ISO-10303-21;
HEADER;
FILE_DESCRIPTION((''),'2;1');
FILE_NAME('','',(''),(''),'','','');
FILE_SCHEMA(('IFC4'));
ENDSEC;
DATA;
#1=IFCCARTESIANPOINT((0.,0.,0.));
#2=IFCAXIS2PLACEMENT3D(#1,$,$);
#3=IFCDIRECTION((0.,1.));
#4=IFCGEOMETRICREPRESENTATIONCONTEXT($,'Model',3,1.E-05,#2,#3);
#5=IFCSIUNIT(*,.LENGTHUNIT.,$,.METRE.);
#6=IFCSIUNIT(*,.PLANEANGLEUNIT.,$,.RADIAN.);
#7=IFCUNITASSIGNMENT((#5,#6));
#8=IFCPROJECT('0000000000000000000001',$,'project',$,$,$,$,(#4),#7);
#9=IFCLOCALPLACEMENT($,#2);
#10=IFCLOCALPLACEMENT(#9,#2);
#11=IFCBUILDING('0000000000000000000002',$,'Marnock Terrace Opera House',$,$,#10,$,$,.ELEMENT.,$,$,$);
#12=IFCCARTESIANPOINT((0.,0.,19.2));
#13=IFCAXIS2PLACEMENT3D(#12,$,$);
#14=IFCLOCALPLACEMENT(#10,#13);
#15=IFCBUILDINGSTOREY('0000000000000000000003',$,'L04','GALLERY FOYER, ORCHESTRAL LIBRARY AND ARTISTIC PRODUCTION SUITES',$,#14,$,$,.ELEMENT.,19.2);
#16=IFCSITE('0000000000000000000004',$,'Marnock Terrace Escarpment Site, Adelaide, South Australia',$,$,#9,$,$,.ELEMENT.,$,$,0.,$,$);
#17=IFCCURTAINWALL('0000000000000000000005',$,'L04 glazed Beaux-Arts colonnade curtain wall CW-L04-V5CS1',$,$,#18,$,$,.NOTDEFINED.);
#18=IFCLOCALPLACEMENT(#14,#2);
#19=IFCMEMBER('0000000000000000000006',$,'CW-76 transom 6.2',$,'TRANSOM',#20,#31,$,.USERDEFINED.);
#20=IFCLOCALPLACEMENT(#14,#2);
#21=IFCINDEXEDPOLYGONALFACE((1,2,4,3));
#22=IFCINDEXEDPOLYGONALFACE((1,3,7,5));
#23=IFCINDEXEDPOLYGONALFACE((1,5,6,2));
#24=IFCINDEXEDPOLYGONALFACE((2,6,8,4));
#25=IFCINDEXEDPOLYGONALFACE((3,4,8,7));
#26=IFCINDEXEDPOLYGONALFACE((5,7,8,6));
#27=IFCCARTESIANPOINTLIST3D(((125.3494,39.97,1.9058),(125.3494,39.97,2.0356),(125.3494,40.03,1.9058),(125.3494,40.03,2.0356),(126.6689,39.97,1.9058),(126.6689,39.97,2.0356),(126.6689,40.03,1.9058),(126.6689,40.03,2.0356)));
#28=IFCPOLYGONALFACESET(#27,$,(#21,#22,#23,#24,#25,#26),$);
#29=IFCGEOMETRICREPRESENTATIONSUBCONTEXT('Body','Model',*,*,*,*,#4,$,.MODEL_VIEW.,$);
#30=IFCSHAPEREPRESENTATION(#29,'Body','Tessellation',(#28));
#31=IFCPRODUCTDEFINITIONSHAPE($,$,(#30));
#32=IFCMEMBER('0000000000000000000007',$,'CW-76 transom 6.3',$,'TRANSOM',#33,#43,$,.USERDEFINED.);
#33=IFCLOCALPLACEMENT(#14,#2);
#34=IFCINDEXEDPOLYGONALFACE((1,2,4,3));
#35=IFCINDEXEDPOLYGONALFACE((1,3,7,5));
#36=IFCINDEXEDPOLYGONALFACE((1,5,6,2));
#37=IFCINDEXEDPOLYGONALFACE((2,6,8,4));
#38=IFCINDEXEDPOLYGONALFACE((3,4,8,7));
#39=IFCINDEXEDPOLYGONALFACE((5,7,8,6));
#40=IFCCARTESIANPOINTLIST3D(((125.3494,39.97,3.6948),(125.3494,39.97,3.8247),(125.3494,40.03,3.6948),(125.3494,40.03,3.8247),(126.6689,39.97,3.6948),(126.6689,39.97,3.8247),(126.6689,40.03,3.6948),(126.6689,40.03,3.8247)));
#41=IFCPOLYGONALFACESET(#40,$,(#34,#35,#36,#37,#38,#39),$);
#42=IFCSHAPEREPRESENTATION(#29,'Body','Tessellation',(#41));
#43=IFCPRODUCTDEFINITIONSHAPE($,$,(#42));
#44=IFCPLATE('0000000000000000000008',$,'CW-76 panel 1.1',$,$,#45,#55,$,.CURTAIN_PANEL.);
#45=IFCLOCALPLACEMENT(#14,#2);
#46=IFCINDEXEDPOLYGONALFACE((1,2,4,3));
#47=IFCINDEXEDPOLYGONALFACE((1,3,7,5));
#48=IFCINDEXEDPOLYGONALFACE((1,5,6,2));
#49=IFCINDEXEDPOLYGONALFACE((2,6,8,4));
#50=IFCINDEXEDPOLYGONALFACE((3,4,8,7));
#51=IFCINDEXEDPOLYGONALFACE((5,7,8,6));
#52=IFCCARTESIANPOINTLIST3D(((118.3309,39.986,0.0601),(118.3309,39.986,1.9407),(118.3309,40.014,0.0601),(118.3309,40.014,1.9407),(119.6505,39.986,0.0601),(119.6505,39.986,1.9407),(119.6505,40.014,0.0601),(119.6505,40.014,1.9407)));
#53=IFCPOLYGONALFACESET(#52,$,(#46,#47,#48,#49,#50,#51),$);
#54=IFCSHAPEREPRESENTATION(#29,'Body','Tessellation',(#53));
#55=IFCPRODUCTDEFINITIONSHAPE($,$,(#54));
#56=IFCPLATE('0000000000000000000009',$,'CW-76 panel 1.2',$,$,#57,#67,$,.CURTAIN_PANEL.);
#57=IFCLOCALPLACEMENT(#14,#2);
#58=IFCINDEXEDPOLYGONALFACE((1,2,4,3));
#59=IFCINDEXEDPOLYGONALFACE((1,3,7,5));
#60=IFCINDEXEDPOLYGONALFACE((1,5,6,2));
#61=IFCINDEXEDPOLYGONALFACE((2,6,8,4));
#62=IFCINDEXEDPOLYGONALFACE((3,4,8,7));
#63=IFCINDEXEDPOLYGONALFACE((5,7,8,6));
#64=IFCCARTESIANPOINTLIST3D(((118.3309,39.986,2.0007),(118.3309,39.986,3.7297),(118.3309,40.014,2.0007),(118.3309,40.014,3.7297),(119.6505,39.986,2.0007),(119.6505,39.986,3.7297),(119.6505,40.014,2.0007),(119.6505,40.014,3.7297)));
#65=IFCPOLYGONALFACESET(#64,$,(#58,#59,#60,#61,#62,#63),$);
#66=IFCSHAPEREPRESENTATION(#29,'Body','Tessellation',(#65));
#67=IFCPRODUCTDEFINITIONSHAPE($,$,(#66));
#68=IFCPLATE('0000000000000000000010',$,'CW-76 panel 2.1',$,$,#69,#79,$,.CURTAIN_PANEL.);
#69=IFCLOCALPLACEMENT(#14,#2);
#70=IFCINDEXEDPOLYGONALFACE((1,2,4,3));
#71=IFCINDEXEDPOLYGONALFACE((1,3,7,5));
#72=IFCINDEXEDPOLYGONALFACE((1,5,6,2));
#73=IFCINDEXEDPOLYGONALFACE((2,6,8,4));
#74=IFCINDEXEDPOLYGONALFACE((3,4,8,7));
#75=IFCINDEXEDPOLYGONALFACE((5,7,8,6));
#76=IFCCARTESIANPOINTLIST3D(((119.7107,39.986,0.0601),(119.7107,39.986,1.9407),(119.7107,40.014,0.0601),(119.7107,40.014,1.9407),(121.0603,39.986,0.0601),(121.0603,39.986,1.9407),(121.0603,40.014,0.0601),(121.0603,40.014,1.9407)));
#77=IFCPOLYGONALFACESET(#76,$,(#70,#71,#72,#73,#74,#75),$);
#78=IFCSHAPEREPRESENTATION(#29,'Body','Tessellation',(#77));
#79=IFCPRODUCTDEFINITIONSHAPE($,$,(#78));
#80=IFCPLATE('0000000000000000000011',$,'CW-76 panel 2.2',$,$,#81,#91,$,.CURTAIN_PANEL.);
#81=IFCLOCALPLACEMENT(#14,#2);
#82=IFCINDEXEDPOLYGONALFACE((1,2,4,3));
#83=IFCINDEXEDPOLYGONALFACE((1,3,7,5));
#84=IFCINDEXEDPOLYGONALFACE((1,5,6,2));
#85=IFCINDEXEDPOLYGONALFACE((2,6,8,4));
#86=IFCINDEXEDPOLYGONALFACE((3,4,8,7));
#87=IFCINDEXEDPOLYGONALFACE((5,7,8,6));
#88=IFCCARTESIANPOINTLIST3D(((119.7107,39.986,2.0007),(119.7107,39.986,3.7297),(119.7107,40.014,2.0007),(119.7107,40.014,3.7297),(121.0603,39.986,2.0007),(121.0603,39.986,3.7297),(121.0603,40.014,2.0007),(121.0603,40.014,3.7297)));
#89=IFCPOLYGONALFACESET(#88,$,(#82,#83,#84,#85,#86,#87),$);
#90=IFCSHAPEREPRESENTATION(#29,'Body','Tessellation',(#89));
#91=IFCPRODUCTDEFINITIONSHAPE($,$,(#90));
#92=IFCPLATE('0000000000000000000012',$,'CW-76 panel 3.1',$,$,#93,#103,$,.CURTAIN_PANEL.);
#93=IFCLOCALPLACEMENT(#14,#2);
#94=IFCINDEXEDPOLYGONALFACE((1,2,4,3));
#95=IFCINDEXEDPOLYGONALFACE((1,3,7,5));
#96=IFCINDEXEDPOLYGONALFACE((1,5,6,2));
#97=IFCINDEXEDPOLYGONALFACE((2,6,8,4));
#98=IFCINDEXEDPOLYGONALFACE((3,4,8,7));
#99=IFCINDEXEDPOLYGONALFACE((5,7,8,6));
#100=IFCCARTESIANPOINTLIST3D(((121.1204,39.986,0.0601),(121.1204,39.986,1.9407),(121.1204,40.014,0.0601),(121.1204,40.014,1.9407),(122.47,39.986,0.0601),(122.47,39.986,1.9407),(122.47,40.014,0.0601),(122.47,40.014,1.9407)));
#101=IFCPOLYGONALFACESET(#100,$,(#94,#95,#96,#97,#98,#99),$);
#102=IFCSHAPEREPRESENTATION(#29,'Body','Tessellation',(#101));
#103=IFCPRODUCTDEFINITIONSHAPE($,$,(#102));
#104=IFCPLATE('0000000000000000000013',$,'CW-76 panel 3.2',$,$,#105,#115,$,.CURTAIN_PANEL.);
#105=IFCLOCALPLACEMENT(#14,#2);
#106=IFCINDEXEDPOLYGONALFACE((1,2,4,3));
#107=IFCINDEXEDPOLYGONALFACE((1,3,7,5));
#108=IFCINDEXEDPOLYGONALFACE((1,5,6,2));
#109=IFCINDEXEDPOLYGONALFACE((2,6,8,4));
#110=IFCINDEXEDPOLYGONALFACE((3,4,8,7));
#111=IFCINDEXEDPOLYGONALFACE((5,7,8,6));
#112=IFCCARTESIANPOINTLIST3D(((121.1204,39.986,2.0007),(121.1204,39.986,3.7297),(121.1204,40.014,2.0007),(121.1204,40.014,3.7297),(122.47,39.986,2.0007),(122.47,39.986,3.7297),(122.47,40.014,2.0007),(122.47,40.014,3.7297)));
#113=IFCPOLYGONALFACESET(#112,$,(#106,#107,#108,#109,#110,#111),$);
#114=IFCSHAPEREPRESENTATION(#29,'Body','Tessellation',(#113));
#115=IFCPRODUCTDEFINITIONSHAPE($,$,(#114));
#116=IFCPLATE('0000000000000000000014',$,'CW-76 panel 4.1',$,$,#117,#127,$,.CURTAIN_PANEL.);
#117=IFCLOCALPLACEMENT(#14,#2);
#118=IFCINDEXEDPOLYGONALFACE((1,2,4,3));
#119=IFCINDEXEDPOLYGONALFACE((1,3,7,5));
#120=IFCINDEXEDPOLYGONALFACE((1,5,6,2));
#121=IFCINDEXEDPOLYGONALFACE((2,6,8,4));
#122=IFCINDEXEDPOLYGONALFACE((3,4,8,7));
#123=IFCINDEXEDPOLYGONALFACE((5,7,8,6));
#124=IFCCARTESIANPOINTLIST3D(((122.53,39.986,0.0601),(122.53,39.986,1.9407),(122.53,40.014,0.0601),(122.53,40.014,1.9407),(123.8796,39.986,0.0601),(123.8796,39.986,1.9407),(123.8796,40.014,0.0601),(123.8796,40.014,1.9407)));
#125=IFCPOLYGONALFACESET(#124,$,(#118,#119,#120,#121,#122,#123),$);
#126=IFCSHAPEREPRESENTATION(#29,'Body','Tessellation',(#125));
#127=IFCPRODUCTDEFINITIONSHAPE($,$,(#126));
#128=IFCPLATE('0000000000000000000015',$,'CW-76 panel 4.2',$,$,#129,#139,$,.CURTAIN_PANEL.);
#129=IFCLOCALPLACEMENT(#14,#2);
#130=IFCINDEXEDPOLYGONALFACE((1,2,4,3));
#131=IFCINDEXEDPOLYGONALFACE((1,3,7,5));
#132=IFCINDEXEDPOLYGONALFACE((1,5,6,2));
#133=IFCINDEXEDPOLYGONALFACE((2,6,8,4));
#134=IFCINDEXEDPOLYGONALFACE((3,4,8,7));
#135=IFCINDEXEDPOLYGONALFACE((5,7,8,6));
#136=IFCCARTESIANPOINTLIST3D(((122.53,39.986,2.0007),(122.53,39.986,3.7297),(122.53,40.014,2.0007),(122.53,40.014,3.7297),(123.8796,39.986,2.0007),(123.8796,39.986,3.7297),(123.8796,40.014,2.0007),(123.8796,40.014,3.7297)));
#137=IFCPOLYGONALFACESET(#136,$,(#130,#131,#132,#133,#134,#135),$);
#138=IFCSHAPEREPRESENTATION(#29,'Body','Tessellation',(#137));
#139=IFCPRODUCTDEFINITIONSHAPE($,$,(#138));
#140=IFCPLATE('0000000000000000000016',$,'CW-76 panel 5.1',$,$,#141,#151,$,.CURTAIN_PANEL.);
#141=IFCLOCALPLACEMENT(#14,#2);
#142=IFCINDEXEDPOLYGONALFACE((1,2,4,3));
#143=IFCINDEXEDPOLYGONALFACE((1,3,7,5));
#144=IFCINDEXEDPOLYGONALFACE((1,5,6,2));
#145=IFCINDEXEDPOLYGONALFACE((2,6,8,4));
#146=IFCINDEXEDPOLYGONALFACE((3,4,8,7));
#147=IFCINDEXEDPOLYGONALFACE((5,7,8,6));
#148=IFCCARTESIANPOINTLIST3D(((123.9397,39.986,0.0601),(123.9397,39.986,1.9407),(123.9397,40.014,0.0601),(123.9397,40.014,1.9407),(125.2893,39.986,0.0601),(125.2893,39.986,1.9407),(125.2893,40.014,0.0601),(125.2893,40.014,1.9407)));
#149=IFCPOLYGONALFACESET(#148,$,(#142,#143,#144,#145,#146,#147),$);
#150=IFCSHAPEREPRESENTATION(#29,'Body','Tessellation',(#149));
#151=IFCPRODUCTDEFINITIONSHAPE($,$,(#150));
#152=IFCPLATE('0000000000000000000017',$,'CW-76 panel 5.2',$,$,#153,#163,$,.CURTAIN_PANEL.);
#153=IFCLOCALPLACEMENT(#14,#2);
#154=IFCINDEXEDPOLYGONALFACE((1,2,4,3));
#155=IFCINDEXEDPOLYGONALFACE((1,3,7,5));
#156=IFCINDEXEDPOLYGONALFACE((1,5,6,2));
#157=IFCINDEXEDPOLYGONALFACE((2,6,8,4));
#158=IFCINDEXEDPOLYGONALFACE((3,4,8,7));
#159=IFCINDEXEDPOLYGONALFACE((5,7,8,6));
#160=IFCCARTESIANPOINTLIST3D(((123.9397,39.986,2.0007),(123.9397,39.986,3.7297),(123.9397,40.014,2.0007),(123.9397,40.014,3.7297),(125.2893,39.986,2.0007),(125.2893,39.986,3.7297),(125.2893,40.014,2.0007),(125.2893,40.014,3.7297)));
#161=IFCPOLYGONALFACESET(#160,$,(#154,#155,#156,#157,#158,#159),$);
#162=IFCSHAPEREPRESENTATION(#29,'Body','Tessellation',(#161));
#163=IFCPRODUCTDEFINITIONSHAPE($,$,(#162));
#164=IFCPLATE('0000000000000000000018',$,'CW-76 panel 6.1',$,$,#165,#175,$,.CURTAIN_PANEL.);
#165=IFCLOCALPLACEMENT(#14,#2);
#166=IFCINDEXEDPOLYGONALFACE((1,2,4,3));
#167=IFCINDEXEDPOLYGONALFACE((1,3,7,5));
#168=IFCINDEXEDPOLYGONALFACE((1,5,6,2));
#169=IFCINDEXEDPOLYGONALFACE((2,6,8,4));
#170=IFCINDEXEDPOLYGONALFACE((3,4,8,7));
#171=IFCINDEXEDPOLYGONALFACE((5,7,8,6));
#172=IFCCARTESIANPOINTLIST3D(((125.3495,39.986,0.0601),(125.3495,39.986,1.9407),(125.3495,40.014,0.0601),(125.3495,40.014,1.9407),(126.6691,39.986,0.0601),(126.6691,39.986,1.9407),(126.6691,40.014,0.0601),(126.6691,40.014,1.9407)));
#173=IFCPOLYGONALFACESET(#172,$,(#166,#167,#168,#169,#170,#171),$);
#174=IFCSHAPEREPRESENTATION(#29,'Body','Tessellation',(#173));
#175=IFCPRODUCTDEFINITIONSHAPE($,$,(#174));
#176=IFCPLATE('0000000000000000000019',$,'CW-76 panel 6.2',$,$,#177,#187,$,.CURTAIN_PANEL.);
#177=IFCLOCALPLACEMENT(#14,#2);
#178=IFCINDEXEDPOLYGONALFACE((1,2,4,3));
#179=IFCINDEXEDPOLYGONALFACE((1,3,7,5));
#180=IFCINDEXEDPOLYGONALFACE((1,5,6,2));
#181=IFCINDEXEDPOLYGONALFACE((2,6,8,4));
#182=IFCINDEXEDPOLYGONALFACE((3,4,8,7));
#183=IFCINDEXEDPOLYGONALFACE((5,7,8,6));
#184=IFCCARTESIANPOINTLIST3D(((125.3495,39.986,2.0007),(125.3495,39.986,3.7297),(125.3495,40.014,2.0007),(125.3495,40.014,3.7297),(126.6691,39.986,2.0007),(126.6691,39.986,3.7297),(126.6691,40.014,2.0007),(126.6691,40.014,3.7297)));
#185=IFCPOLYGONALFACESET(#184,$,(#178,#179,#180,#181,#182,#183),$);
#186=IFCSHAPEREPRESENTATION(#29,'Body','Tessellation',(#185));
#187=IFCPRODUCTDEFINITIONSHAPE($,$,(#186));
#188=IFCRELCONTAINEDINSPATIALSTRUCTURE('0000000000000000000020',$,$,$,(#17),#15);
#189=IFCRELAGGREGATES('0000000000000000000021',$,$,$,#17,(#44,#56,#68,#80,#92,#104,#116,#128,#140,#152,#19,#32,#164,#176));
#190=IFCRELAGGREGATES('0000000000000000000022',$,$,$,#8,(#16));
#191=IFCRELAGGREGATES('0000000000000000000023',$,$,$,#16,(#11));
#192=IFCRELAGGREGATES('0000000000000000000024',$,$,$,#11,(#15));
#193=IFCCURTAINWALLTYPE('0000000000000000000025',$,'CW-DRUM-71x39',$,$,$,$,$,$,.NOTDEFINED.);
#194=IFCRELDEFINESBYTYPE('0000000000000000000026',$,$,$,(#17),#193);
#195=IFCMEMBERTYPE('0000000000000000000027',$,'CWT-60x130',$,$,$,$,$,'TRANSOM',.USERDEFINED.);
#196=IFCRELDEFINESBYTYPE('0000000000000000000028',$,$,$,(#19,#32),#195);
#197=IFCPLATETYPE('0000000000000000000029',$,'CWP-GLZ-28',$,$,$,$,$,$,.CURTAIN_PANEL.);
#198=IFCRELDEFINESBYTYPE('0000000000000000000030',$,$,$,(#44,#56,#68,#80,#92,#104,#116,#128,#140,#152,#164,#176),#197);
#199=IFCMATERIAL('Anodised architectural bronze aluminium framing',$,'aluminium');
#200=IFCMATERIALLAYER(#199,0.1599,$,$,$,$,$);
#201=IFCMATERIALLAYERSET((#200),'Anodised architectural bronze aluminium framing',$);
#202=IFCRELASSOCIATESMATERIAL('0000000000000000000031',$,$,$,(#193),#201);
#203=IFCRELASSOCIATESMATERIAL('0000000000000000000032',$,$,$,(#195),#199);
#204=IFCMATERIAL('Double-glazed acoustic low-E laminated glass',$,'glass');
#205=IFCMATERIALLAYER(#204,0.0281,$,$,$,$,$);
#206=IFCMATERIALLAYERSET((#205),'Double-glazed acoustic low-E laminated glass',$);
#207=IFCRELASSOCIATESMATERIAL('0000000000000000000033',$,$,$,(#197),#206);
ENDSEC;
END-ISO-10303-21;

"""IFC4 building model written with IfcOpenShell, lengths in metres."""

from ifc_helpers import new_model, si_unit, direction, frame, origin, origin_2d, place, context, subcontext, project, spatial, rectangle, extrude, material, layer, layer_set, material_profile, profile_set, type_object, element, aggregate, save


model = new_model("IFC4")

# Units and contexts
model_context = context("Model", 3, precision=1e-05, world=origin(), true_north=direction((0.0, 1.0)))
body_context = subcontext(model_context, "Body", "Model", "MODEL_VIEW")
ifc_project = project(units=[si_unit("LENGTHUNIT", "METRE"), si_unit("PLANEANGLEUNIT", "RADIAN")], contexts=[model_context])

# Site, building, storey
site_placement = place(None, origin())
site = spatial("IfcSite", under=ifc_project, at=site_placement, Name="Marnock Terrace Escarpment Site, Adelaide, South Australia", CompositionType="ELEMENT", RefElevation=0.0)
building_placement = place(site_placement, origin())
building = spatial("IfcBuilding", under=site, at=building_placement, Name="Marnock Terrace Opera House", CompositionType="ELEMENT")
storey_placement = place(building_placement, frame((0.0, 0.0, 19.2)))
storey = spatial("IfcBuildingStorey", under=building, at=storey_placement, Name="L04", Description="GALLERY FOYER, ORCHESTRAL LIBRARY AND ARTISTIC PRODUCTION SUITES", CompositionType="ELEMENT", Elevation=19.2)

# Shared definitions
ifc_material_1 = material(Name="Anodised architectural bronze aluminium framing", Category="aluminium")
ifc_layer_1 = layer(ifc_material_1, 0.1599)
ifc_layer_set_1 = layer_set([ifc_layer_1], Name="Anodised architectural bronze aluminium framing")
curtain_wall_type = type_object("IfcCurtainWallType", Name="CW-DRUM-71x39", PredefinedType="NOTDEFINED", material=ifc_layer_set_1)

# Curtain wall, members, plates
curtain_wall_1_placement = place(storey_placement, origin())
curtain_wall_1 = element("IfcCurtainWall", 1, at=curtain_wall_1_placement, inside=storey, type_object=curtain_wall_type, Name="L04 glazed Beaux-Arts colonnade curtain wall CW-L04-V5CS1", PredefinedType="NOTDEFINED")
ifc_material_profile_1 = material_profile(ifc_material_1, rectangle(XDim=0.0601, YDim=0.1299, at=origin_2d()))
ifc_profile_set_1 = profile_set([ifc_material_profile_1], Name="Anodised architectural bronze aluminium framing")
member_type_1 = type_object("IfcMemberType", Name="CWT-60x130", ElementType="TRANSOM", PredefinedType="USERDEFINED", material=ifc_profile_set_1)
member_1_placement = place(storey_placement, frame((125.3494, 40.0, 1.9707), z_axis=(1.0, 0.0, 0.0), x_axis=(0.0, 1.0, 0.0)))
member_1 = element("IfcMember", 2, at=member_1_placement, type_object=member_type_1, Name="CW-76 transom 6.2", ObjectType="TRANSOM", PredefinedType="USERDEFINED", context=body_context, shape_type="SweptSolid", body=[
    extrude(rectangle(XDim=0.0601, YDim=0.1299, at=origin_2d()), origin(), (0.0, 0.0, 1.0), 1.3196),
])
member_2_placement = place(storey_placement, frame((125.3494, 40.0, 3.7598), z_axis=(1.0, 0.0, 0.0), x_axis=(0.0, 1.0, 0.0)))
member_2 = element("IfcMember", 3, at=member_2_placement, type_object=member_type_1, Name="CW-76 transom 6.3", ObjectType="TRANSOM", PredefinedType="USERDEFINED", context=body_context, shape_type="SweptSolid", body=[
    extrude(rectangle(XDim=0.0601, YDim=0.1299, at=origin_2d()), origin(), (0.0, 0.0, 1.0), 1.3196),
])
ifc_material_2 = material(Name="Double-glazed acoustic low-E laminated glass", Category="glass")
ifc_layer_2 = layer(ifc_material_2, 0.0281)
ifc_layer_set_2 = layer_set([ifc_layer_2], Name="Double-glazed acoustic low-E laminated glass")
plate_type = type_object("IfcPlateType", Name="CWP-GLZ-28", PredefinedType="CURTAIN_PANEL", material=ifc_layer_set_2)
plate_1_placement = place(storey_placement, frame((118.9907, 40.0, 0.0601), z_axis=(0.0, 0.0, 1.0), x_axis=(1.0, 0.0, 0.0)))
plate_1 = element("IfcPlate", 4, at=plate_1_placement, type_object=plate_type, Name="CW-76 panel 1.1", PredefinedType="CURTAIN_PANEL", context=body_context, shape_type="SweptSolid", body=[
    extrude(rectangle(XDim=1.3196, YDim=0.0281, at=origin_2d()), origin(), (0.0, 0.0, 1.0), 1.8806),
])
plate_2_placement = place(storey_placement, frame((118.9907, 40.0, 2.0007), z_axis=(0.0, 0.0, 1.0), x_axis=(1.0, 0.0, 0.0)))
plate_2 = element("IfcPlate", 5, at=plate_2_placement, type_object=plate_type, Name="CW-76 panel 1.2", PredefinedType="CURTAIN_PANEL", context=body_context, shape_type="SweptSolid", body=[
    extrude(rectangle(XDim=1.3196, YDim=0.0281, at=origin_2d()), origin(), (0.0, 0.0, 1.0), 1.729),
])
plate_3_placement = place(storey_placement, frame((120.3855, 40.0, 0.0601), z_axis=(0.0, 0.0, 1.0), x_axis=(1.0, 0.0, 0.0)))
plate_3 = element("IfcPlate", 6, at=plate_3_placement, type_object=plate_type, Name="CW-76 panel 2.1", PredefinedType="CURTAIN_PANEL", context=body_context, shape_type="SweptSolid", body=[
    extrude(rectangle(XDim=1.3496, YDim=0.0281, at=origin_2d()), origin(), (0.0, 0.0, 1.0), 1.8806),
])
plate_4_placement = place(storey_placement, frame((120.3855, 40.0, 2.0007), z_axis=(0.0, 0.0, 1.0), x_axis=(1.0, 0.0, 0.0)))
plate_4 = element("IfcPlate", 7, at=plate_4_placement, type_object=plate_type, Name="CW-76 panel 2.2", PredefinedType="CURTAIN_PANEL", context=body_context, shape_type="SweptSolid", body=[
    extrude(rectangle(XDim=1.3496, YDim=0.0281, at=origin_2d()), origin(), (0.0, 0.0, 1.0), 1.729),
])
plate_5_placement = place(storey_placement, frame((121.7952, 40.0, 0.0601), z_axis=(0.0, 0.0, 1.0), x_axis=(1.0, 0.0, 0.0)))
plate_5 = element("IfcPlate", 8, at=plate_5_placement, type_object=plate_type, Name="CW-76 panel 3.1", PredefinedType="CURTAIN_PANEL", context=body_context, shape_type="SweptSolid", body=[
    extrude(rectangle(XDim=1.3496, YDim=0.0281, at=origin_2d()), origin(), (0.0, 0.0, 1.0), 1.8806),
])
plate_6_placement = place(storey_placement, frame((121.7952, 40.0, 2.0007), z_axis=(0.0, 0.0, 1.0), x_axis=(1.0, 0.0, 0.0)))
plate_6 = element("IfcPlate", 9, at=plate_6_placement, type_object=plate_type, Name="CW-76 panel 3.2", PredefinedType="CURTAIN_PANEL", context=body_context, shape_type="SweptSolid", body=[
    extrude(rectangle(XDim=1.3496, YDim=0.0281, at=origin_2d()), origin(), (0.0, 0.0, 1.0), 1.729),
])
plate_7_placement = place(storey_placement, frame((123.2048, 40.0, 0.0601), z_axis=(0.0, 0.0, 1.0), x_axis=(1.0, 0.0, 0.0)))
plate_7 = element("IfcPlate", 10, at=plate_7_placement, type_object=plate_type, Name="CW-76 panel 4.1", PredefinedType="CURTAIN_PANEL", context=body_context, shape_type="SweptSolid", body=[
    extrude(rectangle(XDim=1.3496, YDim=0.0281, at=origin_2d()), origin(), (0.0, 0.0, 1.0), 1.8806),
])
plate_8_placement = place(storey_placement, frame((123.2048, 40.0, 2.0007), z_axis=(0.0, 0.0, 1.0), x_axis=(1.0, 0.0, 0.0)))
plate_8 = element("IfcPlate", 11, at=plate_8_placement, type_object=plate_type, Name="CW-76 panel 4.2", PredefinedType="CURTAIN_PANEL", context=body_context, shape_type="SweptSolid", body=[
    extrude(rectangle(XDim=1.3496, YDim=0.0281, at=origin_2d()), origin(), (0.0, 0.0, 1.0), 1.729),
])
plate_9_placement = place(storey_placement, frame((124.6145, 40.0, 0.0601), z_axis=(0.0, 0.0, 1.0), x_axis=(1.0, 0.0, 0.0)))
plate_9 = element("IfcPlate", 12, at=plate_9_placement, type_object=plate_type, Name="CW-76 panel 5.1", PredefinedType="CURTAIN_PANEL", context=body_context, shape_type="SweptSolid", body=[
    extrude(rectangle(XDim=1.3496, YDim=0.0281, at=origin_2d()), origin(), (0.0, 0.0, 1.0), 1.8806),
])
plate_10_placement = place(storey_placement, frame((124.6145, 40.0, 2.0007), z_axis=(0.0, 0.0, 1.0), x_axis=(1.0, 0.0, 0.0)))
plate_10 = element("IfcPlate", 13, at=plate_10_placement, type_object=plate_type, Name="CW-76 panel 5.2", PredefinedType="CURTAIN_PANEL", context=body_context, shape_type="SweptSolid", body=[
    extrude(rectangle(XDim=1.3496, YDim=0.0281, at=origin_2d()), origin(), (0.0, 0.0, 1.0), 1.729),
])
plate_11_placement = place(storey_placement, frame((126.0093, 40.0, 0.0601), z_axis=(0.0, 0.0, 1.0), x_axis=(1.0, 0.0, 0.0)))
plate_11 = element("IfcPlate", 14, at=plate_11_placement, type_object=plate_type, Name="CW-76 panel 6.1", PredefinedType="CURTAIN_PANEL", context=body_context, shape_type="SweptSolid", body=[
    extrude(rectangle(XDim=1.3196, YDim=0.0281, at=origin_2d()), origin(), (0.0, 0.0, 1.0), 1.8806),
])
plate_12_placement = place(storey_placement, frame((126.0093, 40.0, 2.0007), z_axis=(0.0, 0.0, 1.0), x_axis=(1.0, 0.0, 0.0)))
plate_12 = element("IfcPlate", 15, at=plate_12_placement, type_object=plate_type, Name="CW-76 panel 6.2", PredefinedType="CURTAIN_PANEL", context=body_context, shape_type="SweptSolid", body=[
    extrude(rectangle(XDim=1.3196, YDim=0.0281, at=origin_2d()), origin(), (0.0, 0.0, 1.0), 1.729),
])
aggregate(curtain_wall_1, [plate_1, plate_2, plate_3, plate_4, plate_5, plate_6, plate_7, plate_8, plate_9, plate_10, member_1, member_2, plate_11, plate_12])

save(model, "model.ifc")
